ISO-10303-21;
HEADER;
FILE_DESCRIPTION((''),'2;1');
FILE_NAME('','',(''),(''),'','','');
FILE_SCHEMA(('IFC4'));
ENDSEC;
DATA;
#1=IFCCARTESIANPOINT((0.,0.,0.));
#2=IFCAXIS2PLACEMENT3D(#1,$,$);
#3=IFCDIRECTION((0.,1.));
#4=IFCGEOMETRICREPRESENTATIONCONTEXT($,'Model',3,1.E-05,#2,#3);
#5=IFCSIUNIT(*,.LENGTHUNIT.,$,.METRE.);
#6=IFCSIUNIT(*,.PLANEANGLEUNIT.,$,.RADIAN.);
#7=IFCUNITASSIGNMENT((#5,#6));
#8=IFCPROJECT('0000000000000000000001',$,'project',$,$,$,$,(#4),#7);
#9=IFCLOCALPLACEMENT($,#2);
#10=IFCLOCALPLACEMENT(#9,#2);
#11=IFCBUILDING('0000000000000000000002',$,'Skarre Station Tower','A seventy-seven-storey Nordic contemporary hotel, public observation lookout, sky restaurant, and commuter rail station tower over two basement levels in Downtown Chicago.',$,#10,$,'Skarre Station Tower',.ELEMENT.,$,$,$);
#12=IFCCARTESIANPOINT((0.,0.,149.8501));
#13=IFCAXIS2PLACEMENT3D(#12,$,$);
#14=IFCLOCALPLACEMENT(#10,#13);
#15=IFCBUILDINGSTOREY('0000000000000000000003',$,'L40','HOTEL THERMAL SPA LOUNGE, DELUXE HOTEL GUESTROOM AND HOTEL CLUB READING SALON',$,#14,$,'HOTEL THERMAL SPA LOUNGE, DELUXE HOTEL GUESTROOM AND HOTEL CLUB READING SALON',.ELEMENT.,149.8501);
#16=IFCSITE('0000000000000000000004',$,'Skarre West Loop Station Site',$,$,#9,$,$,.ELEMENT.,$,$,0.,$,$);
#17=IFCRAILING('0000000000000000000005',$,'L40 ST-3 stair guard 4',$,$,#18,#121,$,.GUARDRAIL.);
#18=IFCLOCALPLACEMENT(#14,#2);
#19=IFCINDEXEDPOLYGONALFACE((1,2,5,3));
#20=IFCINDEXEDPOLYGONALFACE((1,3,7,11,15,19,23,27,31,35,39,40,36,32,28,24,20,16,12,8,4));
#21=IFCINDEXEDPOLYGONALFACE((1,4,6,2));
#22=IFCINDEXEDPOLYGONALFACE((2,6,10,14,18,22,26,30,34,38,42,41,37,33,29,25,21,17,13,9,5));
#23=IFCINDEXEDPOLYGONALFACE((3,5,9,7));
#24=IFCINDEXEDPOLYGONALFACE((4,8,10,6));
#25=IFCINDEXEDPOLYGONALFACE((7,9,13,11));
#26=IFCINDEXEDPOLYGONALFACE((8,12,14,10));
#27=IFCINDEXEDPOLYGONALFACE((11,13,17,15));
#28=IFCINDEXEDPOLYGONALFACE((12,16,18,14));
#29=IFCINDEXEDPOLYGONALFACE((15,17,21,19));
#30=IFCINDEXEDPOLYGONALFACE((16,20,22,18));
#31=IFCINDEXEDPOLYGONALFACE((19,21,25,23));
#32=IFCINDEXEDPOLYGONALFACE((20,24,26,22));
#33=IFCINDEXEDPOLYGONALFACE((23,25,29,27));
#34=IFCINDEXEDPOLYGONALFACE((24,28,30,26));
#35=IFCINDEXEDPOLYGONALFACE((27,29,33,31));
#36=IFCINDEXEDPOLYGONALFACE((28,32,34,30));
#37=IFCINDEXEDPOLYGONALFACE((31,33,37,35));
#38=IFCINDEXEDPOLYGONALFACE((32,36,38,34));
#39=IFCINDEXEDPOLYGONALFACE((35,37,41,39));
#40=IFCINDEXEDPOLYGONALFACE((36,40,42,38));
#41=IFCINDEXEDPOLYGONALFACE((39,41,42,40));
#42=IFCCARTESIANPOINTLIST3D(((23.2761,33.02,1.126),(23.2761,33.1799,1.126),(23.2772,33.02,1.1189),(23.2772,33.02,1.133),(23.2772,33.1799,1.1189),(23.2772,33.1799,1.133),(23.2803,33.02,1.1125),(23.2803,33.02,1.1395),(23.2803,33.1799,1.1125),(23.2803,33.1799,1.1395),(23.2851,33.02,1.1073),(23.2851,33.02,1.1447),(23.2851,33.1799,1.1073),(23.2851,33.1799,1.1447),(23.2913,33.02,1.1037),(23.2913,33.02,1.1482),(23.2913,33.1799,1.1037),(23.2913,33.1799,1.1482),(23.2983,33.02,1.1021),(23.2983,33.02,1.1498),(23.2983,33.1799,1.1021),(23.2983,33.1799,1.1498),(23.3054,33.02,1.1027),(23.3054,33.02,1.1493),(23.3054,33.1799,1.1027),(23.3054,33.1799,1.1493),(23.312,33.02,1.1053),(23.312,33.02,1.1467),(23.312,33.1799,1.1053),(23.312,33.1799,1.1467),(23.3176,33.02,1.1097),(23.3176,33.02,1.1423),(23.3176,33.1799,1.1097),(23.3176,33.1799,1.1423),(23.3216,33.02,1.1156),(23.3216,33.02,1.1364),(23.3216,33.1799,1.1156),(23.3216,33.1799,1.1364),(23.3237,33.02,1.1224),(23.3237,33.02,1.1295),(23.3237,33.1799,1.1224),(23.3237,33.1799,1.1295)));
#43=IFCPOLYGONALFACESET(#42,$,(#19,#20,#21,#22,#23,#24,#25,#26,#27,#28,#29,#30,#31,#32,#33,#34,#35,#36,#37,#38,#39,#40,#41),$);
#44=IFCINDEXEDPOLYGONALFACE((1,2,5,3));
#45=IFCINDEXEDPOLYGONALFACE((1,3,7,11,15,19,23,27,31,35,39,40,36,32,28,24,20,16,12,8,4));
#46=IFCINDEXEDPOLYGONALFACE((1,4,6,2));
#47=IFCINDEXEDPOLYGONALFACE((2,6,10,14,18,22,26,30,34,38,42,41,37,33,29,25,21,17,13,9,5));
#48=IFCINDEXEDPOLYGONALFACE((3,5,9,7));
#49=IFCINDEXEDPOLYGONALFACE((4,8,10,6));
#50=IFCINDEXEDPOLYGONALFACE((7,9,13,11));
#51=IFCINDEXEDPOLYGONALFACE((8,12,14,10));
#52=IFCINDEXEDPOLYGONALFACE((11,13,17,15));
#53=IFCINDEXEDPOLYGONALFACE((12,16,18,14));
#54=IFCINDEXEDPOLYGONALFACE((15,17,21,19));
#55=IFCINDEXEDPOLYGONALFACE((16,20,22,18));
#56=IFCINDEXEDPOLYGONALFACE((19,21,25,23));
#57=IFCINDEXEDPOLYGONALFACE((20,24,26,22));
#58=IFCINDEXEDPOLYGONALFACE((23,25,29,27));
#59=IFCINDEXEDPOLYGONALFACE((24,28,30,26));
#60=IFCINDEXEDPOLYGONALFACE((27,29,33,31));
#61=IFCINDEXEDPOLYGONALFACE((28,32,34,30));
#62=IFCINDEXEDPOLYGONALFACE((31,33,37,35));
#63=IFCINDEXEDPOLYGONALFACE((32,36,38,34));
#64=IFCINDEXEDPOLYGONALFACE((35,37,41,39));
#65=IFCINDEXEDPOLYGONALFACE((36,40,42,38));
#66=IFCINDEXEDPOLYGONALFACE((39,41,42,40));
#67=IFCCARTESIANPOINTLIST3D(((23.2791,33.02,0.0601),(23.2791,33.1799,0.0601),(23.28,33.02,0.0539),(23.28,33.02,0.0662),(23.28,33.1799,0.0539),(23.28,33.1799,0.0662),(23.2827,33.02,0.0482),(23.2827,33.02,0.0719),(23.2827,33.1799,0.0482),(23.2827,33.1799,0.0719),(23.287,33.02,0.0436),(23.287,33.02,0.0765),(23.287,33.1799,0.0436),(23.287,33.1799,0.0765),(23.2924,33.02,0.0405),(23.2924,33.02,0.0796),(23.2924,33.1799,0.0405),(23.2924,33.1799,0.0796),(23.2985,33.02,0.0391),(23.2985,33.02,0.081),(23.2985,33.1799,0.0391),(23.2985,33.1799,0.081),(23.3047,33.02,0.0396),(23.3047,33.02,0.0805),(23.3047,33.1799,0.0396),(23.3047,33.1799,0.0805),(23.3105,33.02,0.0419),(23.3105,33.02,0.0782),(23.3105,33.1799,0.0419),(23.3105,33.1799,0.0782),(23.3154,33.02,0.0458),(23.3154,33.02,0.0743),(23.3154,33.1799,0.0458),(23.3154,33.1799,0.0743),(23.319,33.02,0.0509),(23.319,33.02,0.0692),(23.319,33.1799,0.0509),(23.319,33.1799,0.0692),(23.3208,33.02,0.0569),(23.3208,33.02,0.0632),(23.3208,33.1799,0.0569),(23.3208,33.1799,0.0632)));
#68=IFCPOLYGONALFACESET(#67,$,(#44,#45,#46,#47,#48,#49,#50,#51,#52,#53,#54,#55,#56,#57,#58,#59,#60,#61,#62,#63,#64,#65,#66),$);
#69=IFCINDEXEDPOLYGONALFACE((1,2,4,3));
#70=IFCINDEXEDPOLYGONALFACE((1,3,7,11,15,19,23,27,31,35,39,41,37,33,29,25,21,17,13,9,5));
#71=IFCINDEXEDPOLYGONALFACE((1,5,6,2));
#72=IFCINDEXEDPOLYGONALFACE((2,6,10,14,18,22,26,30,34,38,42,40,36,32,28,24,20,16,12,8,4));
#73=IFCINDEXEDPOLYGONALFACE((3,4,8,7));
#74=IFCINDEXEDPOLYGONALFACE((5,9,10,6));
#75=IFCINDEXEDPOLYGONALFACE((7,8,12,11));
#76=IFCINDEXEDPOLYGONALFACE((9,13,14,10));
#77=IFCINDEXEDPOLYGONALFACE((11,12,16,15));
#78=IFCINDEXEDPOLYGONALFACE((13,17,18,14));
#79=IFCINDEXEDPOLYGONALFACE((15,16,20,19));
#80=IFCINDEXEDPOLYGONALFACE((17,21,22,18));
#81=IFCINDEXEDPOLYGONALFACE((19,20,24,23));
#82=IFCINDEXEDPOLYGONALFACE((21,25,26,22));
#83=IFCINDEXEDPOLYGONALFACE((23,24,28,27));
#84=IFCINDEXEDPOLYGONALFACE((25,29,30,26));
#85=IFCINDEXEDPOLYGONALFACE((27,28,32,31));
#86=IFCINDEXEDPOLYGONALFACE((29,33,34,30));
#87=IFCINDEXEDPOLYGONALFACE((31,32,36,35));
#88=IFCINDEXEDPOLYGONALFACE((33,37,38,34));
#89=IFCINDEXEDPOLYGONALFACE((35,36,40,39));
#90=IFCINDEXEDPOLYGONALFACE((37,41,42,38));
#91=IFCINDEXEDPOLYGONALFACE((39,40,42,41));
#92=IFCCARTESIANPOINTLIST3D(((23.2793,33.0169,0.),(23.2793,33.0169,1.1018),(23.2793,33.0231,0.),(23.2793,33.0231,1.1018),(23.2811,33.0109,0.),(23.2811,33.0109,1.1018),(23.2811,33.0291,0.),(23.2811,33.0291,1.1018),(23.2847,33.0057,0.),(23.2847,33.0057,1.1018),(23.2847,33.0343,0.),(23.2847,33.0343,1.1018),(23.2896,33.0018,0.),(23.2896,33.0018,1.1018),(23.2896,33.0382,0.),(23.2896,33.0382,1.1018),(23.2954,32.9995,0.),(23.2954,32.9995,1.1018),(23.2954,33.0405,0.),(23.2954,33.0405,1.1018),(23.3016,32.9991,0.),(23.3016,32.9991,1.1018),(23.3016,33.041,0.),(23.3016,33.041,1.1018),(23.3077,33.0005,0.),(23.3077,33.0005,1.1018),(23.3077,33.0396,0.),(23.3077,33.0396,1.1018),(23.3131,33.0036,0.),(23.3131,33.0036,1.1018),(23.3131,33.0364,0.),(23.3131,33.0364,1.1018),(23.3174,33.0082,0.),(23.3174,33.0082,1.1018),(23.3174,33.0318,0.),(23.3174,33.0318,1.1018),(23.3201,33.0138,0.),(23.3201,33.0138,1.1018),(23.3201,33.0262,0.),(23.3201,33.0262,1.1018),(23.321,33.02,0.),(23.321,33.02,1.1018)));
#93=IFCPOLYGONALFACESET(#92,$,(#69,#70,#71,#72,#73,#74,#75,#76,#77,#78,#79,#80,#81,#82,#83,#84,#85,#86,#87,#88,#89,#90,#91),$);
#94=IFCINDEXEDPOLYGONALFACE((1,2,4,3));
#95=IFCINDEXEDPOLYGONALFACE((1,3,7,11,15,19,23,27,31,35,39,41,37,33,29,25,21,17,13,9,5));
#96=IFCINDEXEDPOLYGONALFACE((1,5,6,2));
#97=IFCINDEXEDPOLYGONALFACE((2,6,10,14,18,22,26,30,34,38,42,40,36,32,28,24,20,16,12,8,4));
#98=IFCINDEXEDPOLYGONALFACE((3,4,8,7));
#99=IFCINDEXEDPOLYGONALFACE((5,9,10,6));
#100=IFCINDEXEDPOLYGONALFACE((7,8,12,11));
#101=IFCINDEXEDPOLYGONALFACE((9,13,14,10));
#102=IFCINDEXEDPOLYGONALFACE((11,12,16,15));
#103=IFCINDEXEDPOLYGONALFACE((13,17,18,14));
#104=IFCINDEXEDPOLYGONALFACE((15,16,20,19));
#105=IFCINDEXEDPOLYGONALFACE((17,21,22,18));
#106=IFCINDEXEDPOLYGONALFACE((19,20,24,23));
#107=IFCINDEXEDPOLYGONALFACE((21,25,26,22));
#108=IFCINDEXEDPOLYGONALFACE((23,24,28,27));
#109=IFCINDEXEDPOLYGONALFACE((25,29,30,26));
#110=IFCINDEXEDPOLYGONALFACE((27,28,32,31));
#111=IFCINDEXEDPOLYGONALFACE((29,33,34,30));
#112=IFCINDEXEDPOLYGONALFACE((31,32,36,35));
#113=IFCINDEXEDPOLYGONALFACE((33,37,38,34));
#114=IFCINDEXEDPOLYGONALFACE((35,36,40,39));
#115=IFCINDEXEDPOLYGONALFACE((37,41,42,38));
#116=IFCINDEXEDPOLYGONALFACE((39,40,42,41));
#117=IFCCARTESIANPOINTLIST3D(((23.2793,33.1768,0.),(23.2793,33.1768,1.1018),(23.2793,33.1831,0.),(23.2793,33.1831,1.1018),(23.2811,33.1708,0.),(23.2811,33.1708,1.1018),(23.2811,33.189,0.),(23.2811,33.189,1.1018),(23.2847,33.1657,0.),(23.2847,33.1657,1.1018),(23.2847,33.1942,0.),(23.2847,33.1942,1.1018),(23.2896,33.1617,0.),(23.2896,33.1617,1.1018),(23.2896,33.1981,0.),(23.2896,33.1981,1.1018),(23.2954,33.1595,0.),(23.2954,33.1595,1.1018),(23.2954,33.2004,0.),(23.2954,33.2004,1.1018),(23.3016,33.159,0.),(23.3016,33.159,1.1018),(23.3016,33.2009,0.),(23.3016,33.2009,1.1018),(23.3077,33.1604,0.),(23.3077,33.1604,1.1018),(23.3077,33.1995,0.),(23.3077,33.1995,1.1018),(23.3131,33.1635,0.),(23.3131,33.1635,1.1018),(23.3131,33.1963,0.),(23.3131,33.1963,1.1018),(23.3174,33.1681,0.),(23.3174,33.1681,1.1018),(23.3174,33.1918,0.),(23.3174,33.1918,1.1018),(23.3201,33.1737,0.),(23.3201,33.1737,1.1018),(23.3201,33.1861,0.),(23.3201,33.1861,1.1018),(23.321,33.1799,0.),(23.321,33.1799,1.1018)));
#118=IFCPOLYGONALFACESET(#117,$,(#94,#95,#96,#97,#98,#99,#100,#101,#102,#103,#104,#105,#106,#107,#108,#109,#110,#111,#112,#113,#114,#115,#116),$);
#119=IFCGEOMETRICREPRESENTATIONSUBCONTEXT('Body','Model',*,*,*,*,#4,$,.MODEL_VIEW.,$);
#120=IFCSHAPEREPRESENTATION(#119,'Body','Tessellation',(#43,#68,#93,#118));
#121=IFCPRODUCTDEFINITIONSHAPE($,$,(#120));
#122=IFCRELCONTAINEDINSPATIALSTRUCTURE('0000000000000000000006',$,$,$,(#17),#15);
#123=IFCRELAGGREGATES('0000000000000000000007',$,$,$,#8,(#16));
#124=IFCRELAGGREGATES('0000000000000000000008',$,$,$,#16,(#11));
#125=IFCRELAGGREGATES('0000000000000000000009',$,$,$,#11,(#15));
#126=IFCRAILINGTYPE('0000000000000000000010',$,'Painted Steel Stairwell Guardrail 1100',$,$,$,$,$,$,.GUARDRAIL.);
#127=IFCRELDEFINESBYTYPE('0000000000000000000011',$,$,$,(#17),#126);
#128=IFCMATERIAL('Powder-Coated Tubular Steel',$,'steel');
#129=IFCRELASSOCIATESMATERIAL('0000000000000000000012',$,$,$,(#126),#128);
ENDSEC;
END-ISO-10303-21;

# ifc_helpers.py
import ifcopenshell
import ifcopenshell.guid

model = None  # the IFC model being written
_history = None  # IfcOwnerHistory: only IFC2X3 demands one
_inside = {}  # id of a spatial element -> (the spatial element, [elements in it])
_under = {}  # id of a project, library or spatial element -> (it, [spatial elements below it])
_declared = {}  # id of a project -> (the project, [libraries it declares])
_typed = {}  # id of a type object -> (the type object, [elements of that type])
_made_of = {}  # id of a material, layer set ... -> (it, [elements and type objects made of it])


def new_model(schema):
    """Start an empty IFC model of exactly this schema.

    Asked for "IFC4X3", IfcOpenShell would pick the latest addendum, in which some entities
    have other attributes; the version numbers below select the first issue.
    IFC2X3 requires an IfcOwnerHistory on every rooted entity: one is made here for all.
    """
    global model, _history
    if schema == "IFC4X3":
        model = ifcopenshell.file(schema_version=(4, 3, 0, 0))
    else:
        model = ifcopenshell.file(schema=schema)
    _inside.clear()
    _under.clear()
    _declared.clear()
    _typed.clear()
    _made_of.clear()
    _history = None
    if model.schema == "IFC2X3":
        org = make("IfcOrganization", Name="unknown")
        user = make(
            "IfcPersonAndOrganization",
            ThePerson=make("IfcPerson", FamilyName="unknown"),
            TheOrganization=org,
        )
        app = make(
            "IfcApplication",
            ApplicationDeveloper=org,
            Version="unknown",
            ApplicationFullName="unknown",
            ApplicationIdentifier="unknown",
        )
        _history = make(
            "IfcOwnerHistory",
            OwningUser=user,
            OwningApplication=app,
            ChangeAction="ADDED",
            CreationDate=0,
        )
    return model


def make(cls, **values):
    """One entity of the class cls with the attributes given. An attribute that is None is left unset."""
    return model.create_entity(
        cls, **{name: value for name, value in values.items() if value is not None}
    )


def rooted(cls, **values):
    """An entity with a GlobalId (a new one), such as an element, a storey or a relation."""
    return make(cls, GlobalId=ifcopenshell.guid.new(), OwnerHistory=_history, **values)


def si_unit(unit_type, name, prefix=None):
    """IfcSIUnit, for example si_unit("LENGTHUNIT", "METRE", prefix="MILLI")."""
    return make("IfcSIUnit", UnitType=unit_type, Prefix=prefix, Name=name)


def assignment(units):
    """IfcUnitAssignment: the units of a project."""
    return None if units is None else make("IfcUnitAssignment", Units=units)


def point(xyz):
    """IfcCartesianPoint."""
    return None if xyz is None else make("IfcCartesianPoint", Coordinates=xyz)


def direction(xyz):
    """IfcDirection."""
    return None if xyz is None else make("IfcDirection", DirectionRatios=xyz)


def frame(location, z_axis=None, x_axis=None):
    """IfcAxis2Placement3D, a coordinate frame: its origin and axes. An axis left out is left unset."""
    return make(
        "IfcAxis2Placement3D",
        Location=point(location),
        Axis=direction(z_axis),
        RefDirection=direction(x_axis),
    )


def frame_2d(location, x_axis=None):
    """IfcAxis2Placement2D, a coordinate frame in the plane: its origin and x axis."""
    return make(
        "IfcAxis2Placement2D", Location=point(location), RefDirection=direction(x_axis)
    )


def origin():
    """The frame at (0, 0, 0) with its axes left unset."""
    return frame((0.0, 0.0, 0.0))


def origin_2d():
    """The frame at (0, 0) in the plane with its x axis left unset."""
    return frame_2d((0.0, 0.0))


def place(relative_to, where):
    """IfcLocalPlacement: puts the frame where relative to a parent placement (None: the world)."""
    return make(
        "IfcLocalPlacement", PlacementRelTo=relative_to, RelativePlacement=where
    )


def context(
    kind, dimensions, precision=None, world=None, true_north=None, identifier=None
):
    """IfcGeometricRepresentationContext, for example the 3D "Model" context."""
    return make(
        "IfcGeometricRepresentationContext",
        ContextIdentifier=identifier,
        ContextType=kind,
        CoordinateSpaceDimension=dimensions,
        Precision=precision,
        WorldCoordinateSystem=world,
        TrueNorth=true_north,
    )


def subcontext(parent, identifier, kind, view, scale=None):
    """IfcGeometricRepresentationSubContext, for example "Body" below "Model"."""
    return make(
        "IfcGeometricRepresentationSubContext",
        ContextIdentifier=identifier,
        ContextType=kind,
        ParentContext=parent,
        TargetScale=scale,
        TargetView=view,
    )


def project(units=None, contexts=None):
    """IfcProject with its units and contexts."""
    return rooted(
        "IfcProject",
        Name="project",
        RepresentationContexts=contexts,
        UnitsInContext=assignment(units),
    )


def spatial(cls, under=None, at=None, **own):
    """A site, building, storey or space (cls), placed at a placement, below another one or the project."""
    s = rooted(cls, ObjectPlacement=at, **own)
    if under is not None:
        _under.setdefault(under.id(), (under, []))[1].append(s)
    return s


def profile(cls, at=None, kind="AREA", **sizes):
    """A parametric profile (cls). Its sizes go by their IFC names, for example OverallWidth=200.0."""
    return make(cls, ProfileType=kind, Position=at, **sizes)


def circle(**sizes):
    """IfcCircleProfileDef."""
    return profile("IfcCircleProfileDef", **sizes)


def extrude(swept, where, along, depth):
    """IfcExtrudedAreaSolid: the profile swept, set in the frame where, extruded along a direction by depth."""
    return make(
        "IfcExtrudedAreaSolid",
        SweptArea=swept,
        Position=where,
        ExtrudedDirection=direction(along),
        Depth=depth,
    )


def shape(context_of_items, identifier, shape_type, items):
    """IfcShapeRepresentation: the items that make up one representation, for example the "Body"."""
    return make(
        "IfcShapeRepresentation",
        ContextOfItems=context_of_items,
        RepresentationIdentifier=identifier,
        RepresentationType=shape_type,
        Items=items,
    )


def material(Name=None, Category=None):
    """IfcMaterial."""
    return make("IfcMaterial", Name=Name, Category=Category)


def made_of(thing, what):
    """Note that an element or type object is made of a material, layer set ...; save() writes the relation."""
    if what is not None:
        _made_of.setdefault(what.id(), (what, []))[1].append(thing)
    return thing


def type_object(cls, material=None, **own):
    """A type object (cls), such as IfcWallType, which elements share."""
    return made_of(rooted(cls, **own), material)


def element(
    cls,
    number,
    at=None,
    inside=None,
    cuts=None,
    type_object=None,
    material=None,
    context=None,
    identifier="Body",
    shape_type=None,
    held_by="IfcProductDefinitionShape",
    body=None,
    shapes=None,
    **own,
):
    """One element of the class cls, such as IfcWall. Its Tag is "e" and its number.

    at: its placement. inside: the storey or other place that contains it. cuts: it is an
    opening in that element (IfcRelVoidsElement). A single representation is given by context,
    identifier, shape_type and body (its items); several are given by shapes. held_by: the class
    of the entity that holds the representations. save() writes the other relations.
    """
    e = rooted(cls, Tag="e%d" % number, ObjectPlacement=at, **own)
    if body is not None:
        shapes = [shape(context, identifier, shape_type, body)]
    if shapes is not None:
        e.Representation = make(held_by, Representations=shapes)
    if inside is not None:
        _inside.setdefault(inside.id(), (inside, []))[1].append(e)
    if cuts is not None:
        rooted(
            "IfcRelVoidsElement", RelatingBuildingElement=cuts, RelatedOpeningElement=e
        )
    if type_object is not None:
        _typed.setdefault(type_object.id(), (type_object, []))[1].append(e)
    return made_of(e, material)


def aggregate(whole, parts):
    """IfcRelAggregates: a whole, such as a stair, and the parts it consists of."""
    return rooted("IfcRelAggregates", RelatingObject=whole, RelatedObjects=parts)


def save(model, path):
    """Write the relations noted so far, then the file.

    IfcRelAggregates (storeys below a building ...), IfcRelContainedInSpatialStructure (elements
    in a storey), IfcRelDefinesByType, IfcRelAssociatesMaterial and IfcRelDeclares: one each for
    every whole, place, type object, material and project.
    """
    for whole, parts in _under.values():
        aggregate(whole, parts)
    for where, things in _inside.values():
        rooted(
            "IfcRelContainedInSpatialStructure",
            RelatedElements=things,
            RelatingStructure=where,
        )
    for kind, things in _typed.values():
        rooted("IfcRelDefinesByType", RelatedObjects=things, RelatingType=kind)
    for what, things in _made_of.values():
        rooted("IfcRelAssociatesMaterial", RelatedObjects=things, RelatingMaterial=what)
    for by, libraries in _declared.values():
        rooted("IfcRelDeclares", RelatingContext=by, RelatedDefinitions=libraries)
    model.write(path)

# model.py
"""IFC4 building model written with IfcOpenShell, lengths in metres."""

from ifc_helpers import new_model, si_unit, direction, frame, origin, origin_2d, place, context, subcontext, project, spatial, circle, extrude, material, type_object, element, save


model = new_model("IFC4")

# Units and contexts
model_context = context("Model", 3, precision=1e-05, world=origin(), true_north=direction((0.0, 1.0)))
body_context = subcontext(model_context, "Body", "Model", "MODEL_VIEW")
ifc_project = project(units=[si_unit("LENGTHUNIT", "METRE"), si_unit("PLANEANGLEUNIT", "RADIAN")], contexts=[model_context])

# Site, building, storey
site_placement = place(None, origin())
site = spatial("IfcSite", under=ifc_project, at=site_placement, Name="Skarre West Loop Station Site", CompositionType="ELEMENT", RefElevation=0.0)
building_placement = place(site_placement, origin())
building = spatial("IfcBuilding", under=site, at=building_placement, Name="Skarre Station Tower", Description="A seventy-seven-storey Nordic contemporary hotel, public observation lookout, sky restaurant, and commuter rail station tower over two basement levels in Downtown Chicago.", LongName="Skarre Station Tower", CompositionType="ELEMENT")
storey_placement = place(building_placement, frame((0.0, 0.0, 149.8501)))
storey = spatial("IfcBuildingStorey", under=building, at=storey_placement, Name="L40", Description="HOTEL THERMAL SPA LOUNGE, DELUXE HOTEL GUESTROOM AND HOTEL CLUB READING SALON", LongName="HOTEL THERMAL SPA LOUNGE, DELUXE HOTEL GUESTROOM AND HOTEL CLUB READING SALON", CompositionType="ELEMENT", Elevation=149.8501)

# Railing
ifc_material_1 = material(Name="Powder-Coated Tubular Steel", Category="steel")
railing_type_1 = type_object("IfcRailingType", Name="Painted Steel Stairwell Guardrail 1100", PredefinedType="GUARDRAIL", material=ifc_material_1)
railing_1_placement = place(storey_placement, frame((23.3, 33.02, 0.0)))
element("IfcRailing", 1, at=railing_1_placement, inside=storey, type_object=railing_type_1, Name="L40 ST-3 stair guard 4", PredefinedType="GUARDRAIL", context=body_context, shape_type="SweptSolid", body=[
    extrude(circle(Radius=0.0239, at=origin_2d()), frame((0.0, 0.0, 1.126), z_axis=(0.0, 1.0, 0.0), x_axis=(-1.0, 0.0, 0.0)), (0.0, 0.0, 1.0), 0.1599),
    extrude(circle(Radius=0.021, at=origin_2d()), frame((0.0, 0.0, 0.0601), z_axis=(0.0, 1.0, 0.0), x_axis=(-1.0, 0.0, 0.0)), (0.0, 0.0, 1.0), 0.1599),
    extrude(circle(Radius=0.021, at=origin_2d()), origin(), (0.0, 0.0, 1.0), 1.1018),
    extrude(circle(Radius=0.021, at=origin_2d()), frame((0.0, 0.1599, 0.0)), (0.0, 0.0, 1.0), 1.1018),
])

save(model, "model.ifc")
